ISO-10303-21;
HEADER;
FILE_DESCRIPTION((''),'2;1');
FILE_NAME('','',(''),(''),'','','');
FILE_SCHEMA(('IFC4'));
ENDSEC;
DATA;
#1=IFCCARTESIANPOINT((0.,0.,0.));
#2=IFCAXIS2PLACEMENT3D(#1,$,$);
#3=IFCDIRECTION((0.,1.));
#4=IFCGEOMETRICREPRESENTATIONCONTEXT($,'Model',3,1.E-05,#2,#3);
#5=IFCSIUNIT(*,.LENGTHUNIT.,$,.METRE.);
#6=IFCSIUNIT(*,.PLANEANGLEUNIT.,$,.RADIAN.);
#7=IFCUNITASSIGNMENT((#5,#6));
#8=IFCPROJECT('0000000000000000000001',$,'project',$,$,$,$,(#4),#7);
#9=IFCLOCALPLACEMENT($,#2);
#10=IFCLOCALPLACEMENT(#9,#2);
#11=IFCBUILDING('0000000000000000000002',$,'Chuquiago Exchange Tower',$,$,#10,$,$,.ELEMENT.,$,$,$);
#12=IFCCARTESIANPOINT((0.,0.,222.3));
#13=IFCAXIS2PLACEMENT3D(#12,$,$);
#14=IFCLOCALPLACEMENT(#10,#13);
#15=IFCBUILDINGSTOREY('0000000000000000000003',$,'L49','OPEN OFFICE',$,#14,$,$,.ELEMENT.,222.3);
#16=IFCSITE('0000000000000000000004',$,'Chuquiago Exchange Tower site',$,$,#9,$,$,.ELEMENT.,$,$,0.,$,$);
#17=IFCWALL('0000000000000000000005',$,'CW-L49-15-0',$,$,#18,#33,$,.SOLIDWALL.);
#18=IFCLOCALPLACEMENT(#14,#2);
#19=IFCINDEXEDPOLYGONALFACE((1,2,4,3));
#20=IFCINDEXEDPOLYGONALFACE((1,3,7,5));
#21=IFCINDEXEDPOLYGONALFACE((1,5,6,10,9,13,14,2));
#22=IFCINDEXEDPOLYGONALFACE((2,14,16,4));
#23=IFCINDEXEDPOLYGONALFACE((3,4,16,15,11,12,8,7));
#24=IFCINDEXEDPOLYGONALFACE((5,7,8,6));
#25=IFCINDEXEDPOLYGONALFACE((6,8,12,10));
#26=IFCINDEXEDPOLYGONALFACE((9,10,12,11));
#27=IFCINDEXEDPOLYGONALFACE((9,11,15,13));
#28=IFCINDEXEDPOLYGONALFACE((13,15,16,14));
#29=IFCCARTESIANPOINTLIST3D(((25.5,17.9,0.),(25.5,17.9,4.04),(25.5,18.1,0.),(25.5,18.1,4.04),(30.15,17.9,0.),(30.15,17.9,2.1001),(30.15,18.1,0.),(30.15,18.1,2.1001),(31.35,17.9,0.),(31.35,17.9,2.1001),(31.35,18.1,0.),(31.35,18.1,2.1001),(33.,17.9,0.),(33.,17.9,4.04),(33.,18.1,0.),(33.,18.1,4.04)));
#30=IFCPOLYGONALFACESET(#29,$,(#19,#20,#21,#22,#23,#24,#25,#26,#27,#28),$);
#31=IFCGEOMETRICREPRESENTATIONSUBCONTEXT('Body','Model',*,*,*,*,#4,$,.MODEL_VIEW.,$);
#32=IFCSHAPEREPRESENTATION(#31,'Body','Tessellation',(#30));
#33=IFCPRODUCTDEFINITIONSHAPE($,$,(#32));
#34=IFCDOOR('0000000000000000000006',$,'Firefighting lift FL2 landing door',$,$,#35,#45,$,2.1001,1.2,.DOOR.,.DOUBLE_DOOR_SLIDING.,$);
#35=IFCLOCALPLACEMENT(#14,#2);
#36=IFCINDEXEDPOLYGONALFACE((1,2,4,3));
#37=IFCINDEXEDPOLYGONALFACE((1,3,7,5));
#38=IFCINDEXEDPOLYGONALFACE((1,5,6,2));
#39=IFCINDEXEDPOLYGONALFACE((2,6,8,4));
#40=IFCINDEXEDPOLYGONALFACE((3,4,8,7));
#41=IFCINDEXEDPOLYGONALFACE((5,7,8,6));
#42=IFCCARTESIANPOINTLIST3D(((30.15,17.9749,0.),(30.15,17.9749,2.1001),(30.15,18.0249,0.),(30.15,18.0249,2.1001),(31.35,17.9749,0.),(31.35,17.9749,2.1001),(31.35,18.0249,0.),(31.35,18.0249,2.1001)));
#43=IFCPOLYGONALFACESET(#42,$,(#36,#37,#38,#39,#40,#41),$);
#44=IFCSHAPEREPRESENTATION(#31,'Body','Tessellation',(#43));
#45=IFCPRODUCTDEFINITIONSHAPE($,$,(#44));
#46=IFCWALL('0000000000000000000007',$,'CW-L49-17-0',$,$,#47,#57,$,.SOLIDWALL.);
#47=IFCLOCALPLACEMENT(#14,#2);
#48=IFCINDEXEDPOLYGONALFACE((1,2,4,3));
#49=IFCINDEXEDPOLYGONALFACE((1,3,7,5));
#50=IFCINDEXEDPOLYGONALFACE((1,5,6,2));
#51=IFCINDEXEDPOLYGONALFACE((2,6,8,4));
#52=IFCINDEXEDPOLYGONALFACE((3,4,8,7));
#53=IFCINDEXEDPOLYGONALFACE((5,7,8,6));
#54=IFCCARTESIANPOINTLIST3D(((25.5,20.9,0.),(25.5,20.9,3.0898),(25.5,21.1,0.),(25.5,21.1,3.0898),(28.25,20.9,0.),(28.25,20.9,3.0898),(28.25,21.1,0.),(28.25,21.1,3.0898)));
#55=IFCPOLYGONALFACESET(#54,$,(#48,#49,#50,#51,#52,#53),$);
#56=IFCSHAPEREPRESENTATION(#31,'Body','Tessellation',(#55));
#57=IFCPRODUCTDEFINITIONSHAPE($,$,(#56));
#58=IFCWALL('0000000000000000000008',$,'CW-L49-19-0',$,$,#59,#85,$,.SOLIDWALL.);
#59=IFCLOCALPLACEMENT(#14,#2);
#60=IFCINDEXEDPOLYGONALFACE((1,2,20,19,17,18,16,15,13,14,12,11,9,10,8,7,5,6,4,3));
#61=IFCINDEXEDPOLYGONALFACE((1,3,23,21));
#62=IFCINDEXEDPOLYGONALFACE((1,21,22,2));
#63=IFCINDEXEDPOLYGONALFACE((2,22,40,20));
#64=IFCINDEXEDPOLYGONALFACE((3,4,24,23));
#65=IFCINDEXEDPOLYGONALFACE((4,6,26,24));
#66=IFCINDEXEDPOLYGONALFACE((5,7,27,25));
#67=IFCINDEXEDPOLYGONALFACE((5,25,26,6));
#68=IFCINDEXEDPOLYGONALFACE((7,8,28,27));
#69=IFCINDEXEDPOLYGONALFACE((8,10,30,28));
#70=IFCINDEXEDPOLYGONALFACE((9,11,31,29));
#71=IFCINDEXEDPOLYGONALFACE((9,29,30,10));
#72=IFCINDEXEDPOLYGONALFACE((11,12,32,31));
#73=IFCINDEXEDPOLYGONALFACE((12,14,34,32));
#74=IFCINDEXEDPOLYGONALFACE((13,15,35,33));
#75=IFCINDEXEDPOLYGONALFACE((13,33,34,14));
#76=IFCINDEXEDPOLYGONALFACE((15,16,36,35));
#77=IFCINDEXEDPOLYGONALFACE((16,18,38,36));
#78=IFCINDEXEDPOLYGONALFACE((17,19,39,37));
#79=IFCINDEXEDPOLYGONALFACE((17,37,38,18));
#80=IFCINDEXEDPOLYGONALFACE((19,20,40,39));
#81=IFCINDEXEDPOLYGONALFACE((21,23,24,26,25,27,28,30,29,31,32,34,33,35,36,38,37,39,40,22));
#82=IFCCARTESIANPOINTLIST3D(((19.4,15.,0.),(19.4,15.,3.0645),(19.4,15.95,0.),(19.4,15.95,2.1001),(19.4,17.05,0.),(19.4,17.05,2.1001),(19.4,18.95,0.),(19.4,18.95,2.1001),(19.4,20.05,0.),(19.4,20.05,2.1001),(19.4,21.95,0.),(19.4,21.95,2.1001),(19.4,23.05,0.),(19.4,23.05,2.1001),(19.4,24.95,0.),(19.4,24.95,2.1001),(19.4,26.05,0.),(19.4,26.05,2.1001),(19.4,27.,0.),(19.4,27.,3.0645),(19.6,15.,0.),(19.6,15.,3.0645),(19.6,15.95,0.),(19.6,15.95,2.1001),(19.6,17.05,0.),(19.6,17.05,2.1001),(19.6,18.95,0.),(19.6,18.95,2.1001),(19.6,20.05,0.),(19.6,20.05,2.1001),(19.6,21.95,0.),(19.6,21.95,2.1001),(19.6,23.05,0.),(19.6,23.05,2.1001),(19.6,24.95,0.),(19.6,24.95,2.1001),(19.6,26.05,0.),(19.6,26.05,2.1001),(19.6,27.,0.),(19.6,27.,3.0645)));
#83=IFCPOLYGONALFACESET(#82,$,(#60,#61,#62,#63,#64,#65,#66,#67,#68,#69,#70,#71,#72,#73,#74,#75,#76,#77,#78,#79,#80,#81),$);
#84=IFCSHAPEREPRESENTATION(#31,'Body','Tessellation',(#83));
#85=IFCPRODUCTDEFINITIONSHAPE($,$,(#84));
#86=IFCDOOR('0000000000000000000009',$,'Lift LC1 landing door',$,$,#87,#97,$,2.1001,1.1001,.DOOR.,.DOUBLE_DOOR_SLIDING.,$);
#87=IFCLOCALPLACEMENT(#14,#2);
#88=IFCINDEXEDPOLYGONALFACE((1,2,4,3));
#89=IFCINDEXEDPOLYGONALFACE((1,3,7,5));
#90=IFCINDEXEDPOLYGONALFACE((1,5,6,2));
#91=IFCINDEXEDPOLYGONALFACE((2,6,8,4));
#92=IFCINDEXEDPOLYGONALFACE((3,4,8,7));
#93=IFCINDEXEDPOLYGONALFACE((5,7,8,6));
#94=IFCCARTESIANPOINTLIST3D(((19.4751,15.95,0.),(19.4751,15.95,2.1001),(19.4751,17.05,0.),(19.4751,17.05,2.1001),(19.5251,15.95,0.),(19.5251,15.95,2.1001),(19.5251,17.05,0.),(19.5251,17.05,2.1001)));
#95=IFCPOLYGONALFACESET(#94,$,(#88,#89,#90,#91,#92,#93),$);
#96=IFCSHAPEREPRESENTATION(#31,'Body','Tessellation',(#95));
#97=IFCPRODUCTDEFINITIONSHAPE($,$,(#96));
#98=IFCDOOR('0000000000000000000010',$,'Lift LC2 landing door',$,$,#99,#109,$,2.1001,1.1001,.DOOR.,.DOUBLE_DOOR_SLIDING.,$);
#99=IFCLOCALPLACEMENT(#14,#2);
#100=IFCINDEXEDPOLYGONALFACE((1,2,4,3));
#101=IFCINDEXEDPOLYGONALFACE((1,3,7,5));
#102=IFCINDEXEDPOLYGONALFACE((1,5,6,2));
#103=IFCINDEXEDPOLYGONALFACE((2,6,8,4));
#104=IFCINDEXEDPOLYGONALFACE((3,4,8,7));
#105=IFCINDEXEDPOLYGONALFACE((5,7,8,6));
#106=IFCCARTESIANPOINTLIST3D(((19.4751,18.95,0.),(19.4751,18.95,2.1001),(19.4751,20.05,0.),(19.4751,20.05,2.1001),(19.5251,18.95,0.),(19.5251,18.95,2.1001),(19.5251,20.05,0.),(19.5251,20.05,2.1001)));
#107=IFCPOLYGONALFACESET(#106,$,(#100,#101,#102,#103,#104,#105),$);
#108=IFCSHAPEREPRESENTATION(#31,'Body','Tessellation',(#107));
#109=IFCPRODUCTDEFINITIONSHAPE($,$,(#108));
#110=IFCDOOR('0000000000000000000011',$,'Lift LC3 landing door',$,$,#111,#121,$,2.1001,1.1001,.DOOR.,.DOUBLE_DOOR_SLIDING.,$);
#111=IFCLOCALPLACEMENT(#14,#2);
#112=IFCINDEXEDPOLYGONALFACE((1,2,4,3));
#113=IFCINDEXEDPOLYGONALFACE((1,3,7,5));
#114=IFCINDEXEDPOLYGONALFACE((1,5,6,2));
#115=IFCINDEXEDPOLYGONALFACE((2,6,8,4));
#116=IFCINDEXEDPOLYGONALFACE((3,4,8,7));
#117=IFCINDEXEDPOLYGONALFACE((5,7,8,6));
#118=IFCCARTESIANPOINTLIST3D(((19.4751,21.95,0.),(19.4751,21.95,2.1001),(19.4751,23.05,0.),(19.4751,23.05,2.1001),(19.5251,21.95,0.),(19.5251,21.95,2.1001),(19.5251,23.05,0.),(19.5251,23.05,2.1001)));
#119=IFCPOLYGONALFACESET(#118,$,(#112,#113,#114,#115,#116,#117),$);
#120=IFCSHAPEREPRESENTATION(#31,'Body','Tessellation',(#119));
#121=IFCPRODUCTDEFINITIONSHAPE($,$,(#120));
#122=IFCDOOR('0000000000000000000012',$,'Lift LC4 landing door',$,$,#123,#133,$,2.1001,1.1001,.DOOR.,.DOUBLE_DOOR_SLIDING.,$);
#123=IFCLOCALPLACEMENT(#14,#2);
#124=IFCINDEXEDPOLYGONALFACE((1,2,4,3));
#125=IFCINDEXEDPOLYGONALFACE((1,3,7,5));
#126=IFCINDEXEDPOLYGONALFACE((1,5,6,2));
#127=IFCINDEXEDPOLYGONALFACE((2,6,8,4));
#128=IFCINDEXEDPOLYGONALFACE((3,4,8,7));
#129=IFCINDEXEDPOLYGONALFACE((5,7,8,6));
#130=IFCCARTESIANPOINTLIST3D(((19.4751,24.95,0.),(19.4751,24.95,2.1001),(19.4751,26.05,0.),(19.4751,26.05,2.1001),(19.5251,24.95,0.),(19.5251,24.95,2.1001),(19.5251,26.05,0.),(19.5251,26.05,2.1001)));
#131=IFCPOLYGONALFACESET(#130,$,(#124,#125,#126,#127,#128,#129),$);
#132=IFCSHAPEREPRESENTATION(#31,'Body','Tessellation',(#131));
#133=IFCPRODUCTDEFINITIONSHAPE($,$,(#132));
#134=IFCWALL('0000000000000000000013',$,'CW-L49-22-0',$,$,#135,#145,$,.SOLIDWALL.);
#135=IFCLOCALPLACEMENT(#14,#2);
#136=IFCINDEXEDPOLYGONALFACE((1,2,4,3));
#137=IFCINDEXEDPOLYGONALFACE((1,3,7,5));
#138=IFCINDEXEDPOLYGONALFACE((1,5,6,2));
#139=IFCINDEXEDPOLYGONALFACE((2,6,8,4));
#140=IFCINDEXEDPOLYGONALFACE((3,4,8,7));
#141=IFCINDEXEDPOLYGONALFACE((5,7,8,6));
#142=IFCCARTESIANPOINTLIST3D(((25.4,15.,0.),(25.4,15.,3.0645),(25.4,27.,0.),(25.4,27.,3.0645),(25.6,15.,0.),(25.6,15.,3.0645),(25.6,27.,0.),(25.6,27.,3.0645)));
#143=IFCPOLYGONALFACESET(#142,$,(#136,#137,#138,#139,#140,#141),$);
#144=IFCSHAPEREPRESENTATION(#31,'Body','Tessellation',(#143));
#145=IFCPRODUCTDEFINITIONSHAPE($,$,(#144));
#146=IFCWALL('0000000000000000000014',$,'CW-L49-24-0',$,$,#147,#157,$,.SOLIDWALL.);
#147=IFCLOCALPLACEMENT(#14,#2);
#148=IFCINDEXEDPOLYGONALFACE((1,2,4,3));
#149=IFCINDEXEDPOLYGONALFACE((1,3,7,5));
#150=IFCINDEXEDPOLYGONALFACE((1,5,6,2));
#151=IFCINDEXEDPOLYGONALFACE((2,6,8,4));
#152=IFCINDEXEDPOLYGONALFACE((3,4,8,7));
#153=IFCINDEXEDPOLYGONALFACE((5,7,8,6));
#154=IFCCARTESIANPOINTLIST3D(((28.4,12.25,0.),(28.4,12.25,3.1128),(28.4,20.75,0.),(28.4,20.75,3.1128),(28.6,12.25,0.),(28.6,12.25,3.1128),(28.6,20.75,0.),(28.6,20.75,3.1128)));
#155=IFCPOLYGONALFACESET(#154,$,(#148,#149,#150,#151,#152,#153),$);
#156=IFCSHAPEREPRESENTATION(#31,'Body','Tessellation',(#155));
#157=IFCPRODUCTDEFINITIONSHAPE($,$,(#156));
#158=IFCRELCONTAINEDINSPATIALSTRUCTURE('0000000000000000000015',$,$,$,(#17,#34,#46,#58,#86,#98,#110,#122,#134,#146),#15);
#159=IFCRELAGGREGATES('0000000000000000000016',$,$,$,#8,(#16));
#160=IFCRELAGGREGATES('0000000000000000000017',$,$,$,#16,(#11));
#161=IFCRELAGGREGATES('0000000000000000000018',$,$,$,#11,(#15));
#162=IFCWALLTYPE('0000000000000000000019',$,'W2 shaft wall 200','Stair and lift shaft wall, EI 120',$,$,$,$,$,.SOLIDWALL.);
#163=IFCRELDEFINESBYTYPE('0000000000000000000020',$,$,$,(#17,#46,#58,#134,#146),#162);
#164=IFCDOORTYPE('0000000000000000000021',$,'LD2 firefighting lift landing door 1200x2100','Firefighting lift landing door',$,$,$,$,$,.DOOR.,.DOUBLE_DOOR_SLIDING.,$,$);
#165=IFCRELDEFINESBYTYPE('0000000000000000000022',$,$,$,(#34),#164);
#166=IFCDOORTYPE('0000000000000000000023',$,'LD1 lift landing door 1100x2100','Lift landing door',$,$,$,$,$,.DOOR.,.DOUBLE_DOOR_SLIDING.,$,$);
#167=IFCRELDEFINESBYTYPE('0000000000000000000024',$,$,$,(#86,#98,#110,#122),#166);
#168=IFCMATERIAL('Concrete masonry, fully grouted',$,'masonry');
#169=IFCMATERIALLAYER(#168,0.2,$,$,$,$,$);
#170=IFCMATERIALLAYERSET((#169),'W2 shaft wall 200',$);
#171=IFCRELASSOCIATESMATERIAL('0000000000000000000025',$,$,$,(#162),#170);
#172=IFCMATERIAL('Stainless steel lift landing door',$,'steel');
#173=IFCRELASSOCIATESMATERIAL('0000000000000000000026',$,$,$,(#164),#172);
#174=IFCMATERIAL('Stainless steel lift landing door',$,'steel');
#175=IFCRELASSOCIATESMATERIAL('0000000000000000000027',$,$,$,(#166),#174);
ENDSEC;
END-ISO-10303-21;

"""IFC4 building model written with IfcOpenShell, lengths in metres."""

from ifc_helpers import new_model, si_unit, direction, frame, frame_2d, origin, place, context, subcontext, project, spatial, rectangle, extrude, material, layer, layer_set, type_object, element, fill, save


model = new_model("IFC4")

# Units and contexts
model_context = context("Model", 3, precision=1e-05, world=origin(), true_north=direction((0.0, 1.0)))
body_context = subcontext(model_context, "Body", "Model", "MODEL_VIEW")
ifc_project = project(units=[si_unit("LENGTHUNIT", "METRE"), si_unit("PLANEANGLEUNIT", "RADIAN")], contexts=[model_context])

# Site, building, storey
site_placement = place(None, origin())
site = spatial("IfcSite", under=ifc_project, at=site_placement, Name="Chuquiago Exchange Tower site", CompositionType="ELEMENT", RefElevation=0.0)
building_placement = place(site_placement, origin())
building = spatial("IfcBuilding", under=site, at=building_placement, Name="Chuquiago Exchange Tower", CompositionType="ELEMENT")
storey_placement = place(building_placement, frame((0.0, 0.0, 222.3)))
storey = spatial("IfcBuildingStorey", under=building, at=storey_placement, Name="L49", Description="OPEN OFFICE", CompositionType="ELEMENT", Elevation=222.3)

# Shared definitions
ifc_material_1 = material(Name="Concrete masonry, fully grouted", Category="masonry")
ifc_layer_1 = layer(ifc_material_1, 0.2)
ifc_layer_set_1 = layer_set([ifc_layer_1], Name="W2 shaft wall 200")
wall_type_1 = type_object("IfcWallType", Name="W2 shaft wall 200", Description="Stair and lift shaft wall, EI 120", PredefinedType="SOLIDWALL", material=ifc_layer_set_1)

# Wall, opening, door
wall_1_placement = place(storey_placement, frame((25.5, 18.0, 0.0), z_axis=(0.0, 0.0, 1.0), x_axis=(1.0, 0.0, 0.0)))
wall_1 = element("IfcWall", 1, at=wall_1_placement, inside=storey, type_object=wall_type_1, Name="CW-L49-15-0", PredefinedType="SOLIDWALL", context=body_context, shape_type="SweptSolid", body=[
    extrude(rectangle(XDim=7.5, YDim=0.2, at=frame_2d((3.75, 0.0))), origin(), (0.0, 0.0, 1.0), 4.04),
])
opening_1_placement = place(wall_1_placement, frame((4.6499, 0.0, 0.0)))
opening_1 = element("IfcOpeningElement", 2, at=opening_1_placement, cuts=wall_1, PredefinedType="OPENING", context=body_context, shape_type="SweptSolid", body=[
    extrude(rectangle(XDim=1.2, YDim=2.1001, at=frame_2d((0.6001, 1.05))), frame((0.0, 0.1099, 0.0), z_axis=(0.0, -1.0, 0.0), x_axis=(1.0, 0.0, 0.0)), (0.0, 0.0, 1.0), 0.22),
])
ifc_material_2 = material(Name="Stainless steel lift landing door", Category="steel")
door_type_1 = type_object("IfcDoorType", Name="LD2 firefighting lift landing door 1200x2100", Description="Firefighting lift landing door", OperationType="DOUBLE_DOOR_SLIDING", PredefinedType="DOOR", material=ifc_material_2)
door_1_placement = place(opening_1_placement, origin())
door_1 = element("IfcDoor", 3, at=door_1_placement, inside=storey, type_object=door_type_1, Name="Firefighting lift FL2 landing door", OperationType="DOUBLE_DOOR_SLIDING", OverallHeight=2.1001, OverallWidth=1.2, PredefinedType="DOOR", context=body_context, shape_type="SweptSolid", body=[
    extrude(rectangle(XDim=1.2, YDim=2.1001, at=frame_2d((0.6001, 1.05))), frame((0.0, 0.0249, 0.0), z_axis=(0.0, -1.0, 0.0), x_axis=(1.0, 0.0, 0.0)), (0.0, 0.0, 1.0), 0.05),
])
fill(opening_1, door_1)

# Wall
wall_2_placement = place(storey_placement, frame((25.5, 21.0, 0.0), z_axis=(0.0, 0.0, 1.0), x_axis=(1.0, 0.0, 0.0)))
element("IfcWall", 4, at=wall_2_placement, inside=storey, type_object=wall_type_1, Name="CW-L49-17-0", PredefinedType="SOLIDWALL", context=body_context, shape_type="SweptSolid", body=[
    extrude(rectangle(XDim=2.75, YDim=0.2, at=frame_2d((1.375, 0.0))), origin(), (0.0, 0.0, 1.0), 3.0898),
])

# Wall, openings, doors
wall_3_placement = place(storey_placement, frame((19.5, 15.0, 0.0), z_axis=(0.0, 0.0, 1.0), x_axis=(0.0, 1.0, 0.0)))
wall_3 = element("IfcWall", 5, at=wall_3_placement, inside=storey, type_object=wall_type_1, Name="CW-L49-19-0", PredefinedType="SOLIDWALL", context=body_context, shape_type="SweptSolid", body=[
    extrude(rectangle(XDim=12.0, YDim=0.2, at=frame_2d((6.0, 0.0))), origin(), (0.0, 0.0, 1.0), 3.0645),
])
opening_2_placement = place(wall_3_placement, frame((0.95, 0.0, 0.0)))
opening_2 = element("IfcOpeningElement", 6, at=opening_2_placement, cuts=wall_3, PredefinedType="OPENING", context=body_context, shape_type="SweptSolid", body=[
    extrude(rectangle(XDim=1.1001, YDim=2.1001, at=frame_2d((0.55, 1.05))), frame((0.0, 0.1099, 0.0), z_axis=(0.0, -1.0, 0.0), x_axis=(1.0, 0.0, 0.0)), (0.0, 0.0, 1.0), 0.22),
])
opening_3_placement = place(wall_3_placement, frame((3.95, 0.0, 0.0)))
opening_3 = element("IfcOpeningElement", 7, at=opening_3_placement, cuts=wall_3, PredefinedType="OPENING", context=body_context, shape_type="SweptSolid", body=[
    extrude(rectangle(XDim=1.1001, YDim=2.1001, at=frame_2d((0.55, 1.05))), frame((0.0, 0.1099, 0.0), z_axis=(0.0, -1.0, 0.0), x_axis=(1.0, 0.0, 0.0)), (0.0, 0.0, 1.0), 0.22),
])
opening_4_placement = place(wall_3_placement, frame((6.95, 0.0, 0.0)))
opening_4 = element("IfcOpeningElement", 8, at=opening_4_placement, cuts=wall_3, PredefinedType="OPENING", context=body_context, shape_type="SweptSolid", body=[
    extrude(rectangle(XDim=1.1001, YDim=2.1001, at=frame_2d((0.55, 1.05))), frame((0.0, 0.1099, 0.0), z_axis=(0.0, -1.0, 0.0), x_axis=(1.0, 0.0, 0.0)), (0.0, 0.0, 1.0), 0.22),
])
opening_5_placement = place(wall_3_placement, frame((9.95, 0.0, 0.0)))
opening_5 = element("IfcOpeningElement", 9, at=opening_5_placement, cuts=wall_3, PredefinedType="OPENING", context=body_context, shape_type="SweptSolid", body=[
    extrude(rectangle(XDim=1.1001, YDim=2.1001, at=frame_2d((0.55, 1.05))), frame((0.0, 0.1099, 0.0), z_axis=(0.0, -1.0, 0.0), x_axis=(1.0, 0.0, 0.0)), (0.0, 0.0, 1.0), 0.22),
])
ifc_material_3 = material(Name="Stainless steel lift landing door", Category="steel")
door_type_2 = type_object("IfcDoorType", Name="LD1 lift landing door 1100x2100", Description="Lift landing door", OperationType="DOUBLE_DOOR_SLIDING", PredefinedType="DOOR", material=ifc_material_3)
door_2_placement = place(opening_2_placement, origin())
door_2 = element("IfcDoor", 10, at=door_2_placement, inside=storey, type_object=door_type_2, Name="Lift LC1 landing door", OperationType="DOUBLE_DOOR_SLIDING", OverallHeight=2.1001, OverallWidth=1.1001, PredefinedType="DOOR", context=body_context, shape_type="SweptSolid", body=[
    extrude(rectangle(XDim=1.1001, YDim=2.1001, at=frame_2d((0.55, 1.05))), frame((0.0, 0.0249, 0.0), z_axis=(0.0, -1.0, 0.0), x_axis=(1.0, 0.0, 0.0)), (0.0, 0.0, 1.0), 0.05),
])
fill(opening_2, door_2)
door_3_placement = place(opening_3_placement, origin())
door_3 = element("IfcDoor", 11, at=door_3_placement, inside=storey, type_object=door_type_2, Name="Lift LC2 landing door", OperationType="DOUBLE_DOOR_SLIDING", OverallHeight=2.1001, OverallWidth=1.1001, PredefinedType="DOOR", context=body_context, shape_type="SweptSolid", body=[
    extrude(rectangle(XDim=1.1001, YDim=2.1001, at=frame_2d((0.55, 1.05))), frame((0.0, 0.0249, 0.0), z_axis=(0.0, -1.0, 0.0), x_axis=(1.0, 0.0, 0.0)), (0.0, 0.0, 1.0), 0.05),
])
fill(opening_3, door_3)
door_4_placement = place(opening_4_placement, origin())
door_4 = element("IfcDoor", 12, at=door_4_placement, inside=storey, type_object=door_type_2, Name="Lift LC3 landing door", OperationType="DOUBLE_DOOR_SLIDING", OverallHeight=2.1001, OverallWidth=1.1001, PredefinedType="DOOR", context=body_context, shape_type="SweptSolid", body=[
    extrude(rectangle(XDim=1.1001, YDim=2.1001, at=frame_2d((0.55, 1.05))), frame((0.0, 0.0249, 0.0), z_axis=(0.0, -1.0, 0.0), x_axis=(1.0, 0.0, 0.0)), (0.0, 0.0, 1.0), 0.05),
])
fill(opening_4, door_4)
door_5_placement = place(opening_5_placement, origin())
door_5 = element("IfcDoor", 13, at=door_5_placement, inside=storey, type_object=door_type_2, Name="Lift LC4 landing door", OperationType="DOUBLE_DOOR_SLIDING", OverallHeight=2.1001, OverallWidth=1.1001, PredefinedType="DOOR", context=body_context, shape_type="SweptSolid", body=[
    extrude(rectangle(XDim=1.1001, YDim=2.1001, at=frame_2d((0.55, 1.05))), frame((0.0, 0.0249, 0.0), z_axis=(0.0, -1.0, 0.0), x_axis=(1.0, 0.0, 0.0)), (0.0, 0.0, 1.0), 0.05),
])
fill(opening_5, door_5)

# Walls
wall_4_placement = place(storey_placement, frame((25.5, 15.0, 0.0), z_axis=(0.0, 0.0, 1.0), x_axis=(0.0, 1.0, 0.0)))
element("IfcWall", 14, at=wall_4_placement, inside=storey, type_object=wall_type_1, Name="CW-L49-22-0", PredefinedType="SOLIDWALL", context=body_context, shape_type="SweptSolid", body=[
    extrude(rectangle(XDim=12.0, YDim=0.2, at=frame_2d((6.0, 0.0))), origin(), (0.0, 0.0, 1.0), 3.0645),
])
wall_5_placement = place(storey_placement, frame((28.5, 12.25, 0.0), z_axis=(0.0, 0.0, 1.0), x_axis=(0.0, 1.0, 0.0)))
element("IfcWall", 15, at=wall_5_placement, inside=storey, type_object=wall_type_1, Name="CW-L49-24-0", PredefinedType="SOLIDWALL", context=body_context, shape_type="SweptSolid", body=[
    extrude(rectangle(XDim=8.5, YDim=0.2, at=frame_2d((4.25, 0.0))), origin(), (0.0, 0.0, 1.0), 3.1128),
])

save(model, "model.ifc")
